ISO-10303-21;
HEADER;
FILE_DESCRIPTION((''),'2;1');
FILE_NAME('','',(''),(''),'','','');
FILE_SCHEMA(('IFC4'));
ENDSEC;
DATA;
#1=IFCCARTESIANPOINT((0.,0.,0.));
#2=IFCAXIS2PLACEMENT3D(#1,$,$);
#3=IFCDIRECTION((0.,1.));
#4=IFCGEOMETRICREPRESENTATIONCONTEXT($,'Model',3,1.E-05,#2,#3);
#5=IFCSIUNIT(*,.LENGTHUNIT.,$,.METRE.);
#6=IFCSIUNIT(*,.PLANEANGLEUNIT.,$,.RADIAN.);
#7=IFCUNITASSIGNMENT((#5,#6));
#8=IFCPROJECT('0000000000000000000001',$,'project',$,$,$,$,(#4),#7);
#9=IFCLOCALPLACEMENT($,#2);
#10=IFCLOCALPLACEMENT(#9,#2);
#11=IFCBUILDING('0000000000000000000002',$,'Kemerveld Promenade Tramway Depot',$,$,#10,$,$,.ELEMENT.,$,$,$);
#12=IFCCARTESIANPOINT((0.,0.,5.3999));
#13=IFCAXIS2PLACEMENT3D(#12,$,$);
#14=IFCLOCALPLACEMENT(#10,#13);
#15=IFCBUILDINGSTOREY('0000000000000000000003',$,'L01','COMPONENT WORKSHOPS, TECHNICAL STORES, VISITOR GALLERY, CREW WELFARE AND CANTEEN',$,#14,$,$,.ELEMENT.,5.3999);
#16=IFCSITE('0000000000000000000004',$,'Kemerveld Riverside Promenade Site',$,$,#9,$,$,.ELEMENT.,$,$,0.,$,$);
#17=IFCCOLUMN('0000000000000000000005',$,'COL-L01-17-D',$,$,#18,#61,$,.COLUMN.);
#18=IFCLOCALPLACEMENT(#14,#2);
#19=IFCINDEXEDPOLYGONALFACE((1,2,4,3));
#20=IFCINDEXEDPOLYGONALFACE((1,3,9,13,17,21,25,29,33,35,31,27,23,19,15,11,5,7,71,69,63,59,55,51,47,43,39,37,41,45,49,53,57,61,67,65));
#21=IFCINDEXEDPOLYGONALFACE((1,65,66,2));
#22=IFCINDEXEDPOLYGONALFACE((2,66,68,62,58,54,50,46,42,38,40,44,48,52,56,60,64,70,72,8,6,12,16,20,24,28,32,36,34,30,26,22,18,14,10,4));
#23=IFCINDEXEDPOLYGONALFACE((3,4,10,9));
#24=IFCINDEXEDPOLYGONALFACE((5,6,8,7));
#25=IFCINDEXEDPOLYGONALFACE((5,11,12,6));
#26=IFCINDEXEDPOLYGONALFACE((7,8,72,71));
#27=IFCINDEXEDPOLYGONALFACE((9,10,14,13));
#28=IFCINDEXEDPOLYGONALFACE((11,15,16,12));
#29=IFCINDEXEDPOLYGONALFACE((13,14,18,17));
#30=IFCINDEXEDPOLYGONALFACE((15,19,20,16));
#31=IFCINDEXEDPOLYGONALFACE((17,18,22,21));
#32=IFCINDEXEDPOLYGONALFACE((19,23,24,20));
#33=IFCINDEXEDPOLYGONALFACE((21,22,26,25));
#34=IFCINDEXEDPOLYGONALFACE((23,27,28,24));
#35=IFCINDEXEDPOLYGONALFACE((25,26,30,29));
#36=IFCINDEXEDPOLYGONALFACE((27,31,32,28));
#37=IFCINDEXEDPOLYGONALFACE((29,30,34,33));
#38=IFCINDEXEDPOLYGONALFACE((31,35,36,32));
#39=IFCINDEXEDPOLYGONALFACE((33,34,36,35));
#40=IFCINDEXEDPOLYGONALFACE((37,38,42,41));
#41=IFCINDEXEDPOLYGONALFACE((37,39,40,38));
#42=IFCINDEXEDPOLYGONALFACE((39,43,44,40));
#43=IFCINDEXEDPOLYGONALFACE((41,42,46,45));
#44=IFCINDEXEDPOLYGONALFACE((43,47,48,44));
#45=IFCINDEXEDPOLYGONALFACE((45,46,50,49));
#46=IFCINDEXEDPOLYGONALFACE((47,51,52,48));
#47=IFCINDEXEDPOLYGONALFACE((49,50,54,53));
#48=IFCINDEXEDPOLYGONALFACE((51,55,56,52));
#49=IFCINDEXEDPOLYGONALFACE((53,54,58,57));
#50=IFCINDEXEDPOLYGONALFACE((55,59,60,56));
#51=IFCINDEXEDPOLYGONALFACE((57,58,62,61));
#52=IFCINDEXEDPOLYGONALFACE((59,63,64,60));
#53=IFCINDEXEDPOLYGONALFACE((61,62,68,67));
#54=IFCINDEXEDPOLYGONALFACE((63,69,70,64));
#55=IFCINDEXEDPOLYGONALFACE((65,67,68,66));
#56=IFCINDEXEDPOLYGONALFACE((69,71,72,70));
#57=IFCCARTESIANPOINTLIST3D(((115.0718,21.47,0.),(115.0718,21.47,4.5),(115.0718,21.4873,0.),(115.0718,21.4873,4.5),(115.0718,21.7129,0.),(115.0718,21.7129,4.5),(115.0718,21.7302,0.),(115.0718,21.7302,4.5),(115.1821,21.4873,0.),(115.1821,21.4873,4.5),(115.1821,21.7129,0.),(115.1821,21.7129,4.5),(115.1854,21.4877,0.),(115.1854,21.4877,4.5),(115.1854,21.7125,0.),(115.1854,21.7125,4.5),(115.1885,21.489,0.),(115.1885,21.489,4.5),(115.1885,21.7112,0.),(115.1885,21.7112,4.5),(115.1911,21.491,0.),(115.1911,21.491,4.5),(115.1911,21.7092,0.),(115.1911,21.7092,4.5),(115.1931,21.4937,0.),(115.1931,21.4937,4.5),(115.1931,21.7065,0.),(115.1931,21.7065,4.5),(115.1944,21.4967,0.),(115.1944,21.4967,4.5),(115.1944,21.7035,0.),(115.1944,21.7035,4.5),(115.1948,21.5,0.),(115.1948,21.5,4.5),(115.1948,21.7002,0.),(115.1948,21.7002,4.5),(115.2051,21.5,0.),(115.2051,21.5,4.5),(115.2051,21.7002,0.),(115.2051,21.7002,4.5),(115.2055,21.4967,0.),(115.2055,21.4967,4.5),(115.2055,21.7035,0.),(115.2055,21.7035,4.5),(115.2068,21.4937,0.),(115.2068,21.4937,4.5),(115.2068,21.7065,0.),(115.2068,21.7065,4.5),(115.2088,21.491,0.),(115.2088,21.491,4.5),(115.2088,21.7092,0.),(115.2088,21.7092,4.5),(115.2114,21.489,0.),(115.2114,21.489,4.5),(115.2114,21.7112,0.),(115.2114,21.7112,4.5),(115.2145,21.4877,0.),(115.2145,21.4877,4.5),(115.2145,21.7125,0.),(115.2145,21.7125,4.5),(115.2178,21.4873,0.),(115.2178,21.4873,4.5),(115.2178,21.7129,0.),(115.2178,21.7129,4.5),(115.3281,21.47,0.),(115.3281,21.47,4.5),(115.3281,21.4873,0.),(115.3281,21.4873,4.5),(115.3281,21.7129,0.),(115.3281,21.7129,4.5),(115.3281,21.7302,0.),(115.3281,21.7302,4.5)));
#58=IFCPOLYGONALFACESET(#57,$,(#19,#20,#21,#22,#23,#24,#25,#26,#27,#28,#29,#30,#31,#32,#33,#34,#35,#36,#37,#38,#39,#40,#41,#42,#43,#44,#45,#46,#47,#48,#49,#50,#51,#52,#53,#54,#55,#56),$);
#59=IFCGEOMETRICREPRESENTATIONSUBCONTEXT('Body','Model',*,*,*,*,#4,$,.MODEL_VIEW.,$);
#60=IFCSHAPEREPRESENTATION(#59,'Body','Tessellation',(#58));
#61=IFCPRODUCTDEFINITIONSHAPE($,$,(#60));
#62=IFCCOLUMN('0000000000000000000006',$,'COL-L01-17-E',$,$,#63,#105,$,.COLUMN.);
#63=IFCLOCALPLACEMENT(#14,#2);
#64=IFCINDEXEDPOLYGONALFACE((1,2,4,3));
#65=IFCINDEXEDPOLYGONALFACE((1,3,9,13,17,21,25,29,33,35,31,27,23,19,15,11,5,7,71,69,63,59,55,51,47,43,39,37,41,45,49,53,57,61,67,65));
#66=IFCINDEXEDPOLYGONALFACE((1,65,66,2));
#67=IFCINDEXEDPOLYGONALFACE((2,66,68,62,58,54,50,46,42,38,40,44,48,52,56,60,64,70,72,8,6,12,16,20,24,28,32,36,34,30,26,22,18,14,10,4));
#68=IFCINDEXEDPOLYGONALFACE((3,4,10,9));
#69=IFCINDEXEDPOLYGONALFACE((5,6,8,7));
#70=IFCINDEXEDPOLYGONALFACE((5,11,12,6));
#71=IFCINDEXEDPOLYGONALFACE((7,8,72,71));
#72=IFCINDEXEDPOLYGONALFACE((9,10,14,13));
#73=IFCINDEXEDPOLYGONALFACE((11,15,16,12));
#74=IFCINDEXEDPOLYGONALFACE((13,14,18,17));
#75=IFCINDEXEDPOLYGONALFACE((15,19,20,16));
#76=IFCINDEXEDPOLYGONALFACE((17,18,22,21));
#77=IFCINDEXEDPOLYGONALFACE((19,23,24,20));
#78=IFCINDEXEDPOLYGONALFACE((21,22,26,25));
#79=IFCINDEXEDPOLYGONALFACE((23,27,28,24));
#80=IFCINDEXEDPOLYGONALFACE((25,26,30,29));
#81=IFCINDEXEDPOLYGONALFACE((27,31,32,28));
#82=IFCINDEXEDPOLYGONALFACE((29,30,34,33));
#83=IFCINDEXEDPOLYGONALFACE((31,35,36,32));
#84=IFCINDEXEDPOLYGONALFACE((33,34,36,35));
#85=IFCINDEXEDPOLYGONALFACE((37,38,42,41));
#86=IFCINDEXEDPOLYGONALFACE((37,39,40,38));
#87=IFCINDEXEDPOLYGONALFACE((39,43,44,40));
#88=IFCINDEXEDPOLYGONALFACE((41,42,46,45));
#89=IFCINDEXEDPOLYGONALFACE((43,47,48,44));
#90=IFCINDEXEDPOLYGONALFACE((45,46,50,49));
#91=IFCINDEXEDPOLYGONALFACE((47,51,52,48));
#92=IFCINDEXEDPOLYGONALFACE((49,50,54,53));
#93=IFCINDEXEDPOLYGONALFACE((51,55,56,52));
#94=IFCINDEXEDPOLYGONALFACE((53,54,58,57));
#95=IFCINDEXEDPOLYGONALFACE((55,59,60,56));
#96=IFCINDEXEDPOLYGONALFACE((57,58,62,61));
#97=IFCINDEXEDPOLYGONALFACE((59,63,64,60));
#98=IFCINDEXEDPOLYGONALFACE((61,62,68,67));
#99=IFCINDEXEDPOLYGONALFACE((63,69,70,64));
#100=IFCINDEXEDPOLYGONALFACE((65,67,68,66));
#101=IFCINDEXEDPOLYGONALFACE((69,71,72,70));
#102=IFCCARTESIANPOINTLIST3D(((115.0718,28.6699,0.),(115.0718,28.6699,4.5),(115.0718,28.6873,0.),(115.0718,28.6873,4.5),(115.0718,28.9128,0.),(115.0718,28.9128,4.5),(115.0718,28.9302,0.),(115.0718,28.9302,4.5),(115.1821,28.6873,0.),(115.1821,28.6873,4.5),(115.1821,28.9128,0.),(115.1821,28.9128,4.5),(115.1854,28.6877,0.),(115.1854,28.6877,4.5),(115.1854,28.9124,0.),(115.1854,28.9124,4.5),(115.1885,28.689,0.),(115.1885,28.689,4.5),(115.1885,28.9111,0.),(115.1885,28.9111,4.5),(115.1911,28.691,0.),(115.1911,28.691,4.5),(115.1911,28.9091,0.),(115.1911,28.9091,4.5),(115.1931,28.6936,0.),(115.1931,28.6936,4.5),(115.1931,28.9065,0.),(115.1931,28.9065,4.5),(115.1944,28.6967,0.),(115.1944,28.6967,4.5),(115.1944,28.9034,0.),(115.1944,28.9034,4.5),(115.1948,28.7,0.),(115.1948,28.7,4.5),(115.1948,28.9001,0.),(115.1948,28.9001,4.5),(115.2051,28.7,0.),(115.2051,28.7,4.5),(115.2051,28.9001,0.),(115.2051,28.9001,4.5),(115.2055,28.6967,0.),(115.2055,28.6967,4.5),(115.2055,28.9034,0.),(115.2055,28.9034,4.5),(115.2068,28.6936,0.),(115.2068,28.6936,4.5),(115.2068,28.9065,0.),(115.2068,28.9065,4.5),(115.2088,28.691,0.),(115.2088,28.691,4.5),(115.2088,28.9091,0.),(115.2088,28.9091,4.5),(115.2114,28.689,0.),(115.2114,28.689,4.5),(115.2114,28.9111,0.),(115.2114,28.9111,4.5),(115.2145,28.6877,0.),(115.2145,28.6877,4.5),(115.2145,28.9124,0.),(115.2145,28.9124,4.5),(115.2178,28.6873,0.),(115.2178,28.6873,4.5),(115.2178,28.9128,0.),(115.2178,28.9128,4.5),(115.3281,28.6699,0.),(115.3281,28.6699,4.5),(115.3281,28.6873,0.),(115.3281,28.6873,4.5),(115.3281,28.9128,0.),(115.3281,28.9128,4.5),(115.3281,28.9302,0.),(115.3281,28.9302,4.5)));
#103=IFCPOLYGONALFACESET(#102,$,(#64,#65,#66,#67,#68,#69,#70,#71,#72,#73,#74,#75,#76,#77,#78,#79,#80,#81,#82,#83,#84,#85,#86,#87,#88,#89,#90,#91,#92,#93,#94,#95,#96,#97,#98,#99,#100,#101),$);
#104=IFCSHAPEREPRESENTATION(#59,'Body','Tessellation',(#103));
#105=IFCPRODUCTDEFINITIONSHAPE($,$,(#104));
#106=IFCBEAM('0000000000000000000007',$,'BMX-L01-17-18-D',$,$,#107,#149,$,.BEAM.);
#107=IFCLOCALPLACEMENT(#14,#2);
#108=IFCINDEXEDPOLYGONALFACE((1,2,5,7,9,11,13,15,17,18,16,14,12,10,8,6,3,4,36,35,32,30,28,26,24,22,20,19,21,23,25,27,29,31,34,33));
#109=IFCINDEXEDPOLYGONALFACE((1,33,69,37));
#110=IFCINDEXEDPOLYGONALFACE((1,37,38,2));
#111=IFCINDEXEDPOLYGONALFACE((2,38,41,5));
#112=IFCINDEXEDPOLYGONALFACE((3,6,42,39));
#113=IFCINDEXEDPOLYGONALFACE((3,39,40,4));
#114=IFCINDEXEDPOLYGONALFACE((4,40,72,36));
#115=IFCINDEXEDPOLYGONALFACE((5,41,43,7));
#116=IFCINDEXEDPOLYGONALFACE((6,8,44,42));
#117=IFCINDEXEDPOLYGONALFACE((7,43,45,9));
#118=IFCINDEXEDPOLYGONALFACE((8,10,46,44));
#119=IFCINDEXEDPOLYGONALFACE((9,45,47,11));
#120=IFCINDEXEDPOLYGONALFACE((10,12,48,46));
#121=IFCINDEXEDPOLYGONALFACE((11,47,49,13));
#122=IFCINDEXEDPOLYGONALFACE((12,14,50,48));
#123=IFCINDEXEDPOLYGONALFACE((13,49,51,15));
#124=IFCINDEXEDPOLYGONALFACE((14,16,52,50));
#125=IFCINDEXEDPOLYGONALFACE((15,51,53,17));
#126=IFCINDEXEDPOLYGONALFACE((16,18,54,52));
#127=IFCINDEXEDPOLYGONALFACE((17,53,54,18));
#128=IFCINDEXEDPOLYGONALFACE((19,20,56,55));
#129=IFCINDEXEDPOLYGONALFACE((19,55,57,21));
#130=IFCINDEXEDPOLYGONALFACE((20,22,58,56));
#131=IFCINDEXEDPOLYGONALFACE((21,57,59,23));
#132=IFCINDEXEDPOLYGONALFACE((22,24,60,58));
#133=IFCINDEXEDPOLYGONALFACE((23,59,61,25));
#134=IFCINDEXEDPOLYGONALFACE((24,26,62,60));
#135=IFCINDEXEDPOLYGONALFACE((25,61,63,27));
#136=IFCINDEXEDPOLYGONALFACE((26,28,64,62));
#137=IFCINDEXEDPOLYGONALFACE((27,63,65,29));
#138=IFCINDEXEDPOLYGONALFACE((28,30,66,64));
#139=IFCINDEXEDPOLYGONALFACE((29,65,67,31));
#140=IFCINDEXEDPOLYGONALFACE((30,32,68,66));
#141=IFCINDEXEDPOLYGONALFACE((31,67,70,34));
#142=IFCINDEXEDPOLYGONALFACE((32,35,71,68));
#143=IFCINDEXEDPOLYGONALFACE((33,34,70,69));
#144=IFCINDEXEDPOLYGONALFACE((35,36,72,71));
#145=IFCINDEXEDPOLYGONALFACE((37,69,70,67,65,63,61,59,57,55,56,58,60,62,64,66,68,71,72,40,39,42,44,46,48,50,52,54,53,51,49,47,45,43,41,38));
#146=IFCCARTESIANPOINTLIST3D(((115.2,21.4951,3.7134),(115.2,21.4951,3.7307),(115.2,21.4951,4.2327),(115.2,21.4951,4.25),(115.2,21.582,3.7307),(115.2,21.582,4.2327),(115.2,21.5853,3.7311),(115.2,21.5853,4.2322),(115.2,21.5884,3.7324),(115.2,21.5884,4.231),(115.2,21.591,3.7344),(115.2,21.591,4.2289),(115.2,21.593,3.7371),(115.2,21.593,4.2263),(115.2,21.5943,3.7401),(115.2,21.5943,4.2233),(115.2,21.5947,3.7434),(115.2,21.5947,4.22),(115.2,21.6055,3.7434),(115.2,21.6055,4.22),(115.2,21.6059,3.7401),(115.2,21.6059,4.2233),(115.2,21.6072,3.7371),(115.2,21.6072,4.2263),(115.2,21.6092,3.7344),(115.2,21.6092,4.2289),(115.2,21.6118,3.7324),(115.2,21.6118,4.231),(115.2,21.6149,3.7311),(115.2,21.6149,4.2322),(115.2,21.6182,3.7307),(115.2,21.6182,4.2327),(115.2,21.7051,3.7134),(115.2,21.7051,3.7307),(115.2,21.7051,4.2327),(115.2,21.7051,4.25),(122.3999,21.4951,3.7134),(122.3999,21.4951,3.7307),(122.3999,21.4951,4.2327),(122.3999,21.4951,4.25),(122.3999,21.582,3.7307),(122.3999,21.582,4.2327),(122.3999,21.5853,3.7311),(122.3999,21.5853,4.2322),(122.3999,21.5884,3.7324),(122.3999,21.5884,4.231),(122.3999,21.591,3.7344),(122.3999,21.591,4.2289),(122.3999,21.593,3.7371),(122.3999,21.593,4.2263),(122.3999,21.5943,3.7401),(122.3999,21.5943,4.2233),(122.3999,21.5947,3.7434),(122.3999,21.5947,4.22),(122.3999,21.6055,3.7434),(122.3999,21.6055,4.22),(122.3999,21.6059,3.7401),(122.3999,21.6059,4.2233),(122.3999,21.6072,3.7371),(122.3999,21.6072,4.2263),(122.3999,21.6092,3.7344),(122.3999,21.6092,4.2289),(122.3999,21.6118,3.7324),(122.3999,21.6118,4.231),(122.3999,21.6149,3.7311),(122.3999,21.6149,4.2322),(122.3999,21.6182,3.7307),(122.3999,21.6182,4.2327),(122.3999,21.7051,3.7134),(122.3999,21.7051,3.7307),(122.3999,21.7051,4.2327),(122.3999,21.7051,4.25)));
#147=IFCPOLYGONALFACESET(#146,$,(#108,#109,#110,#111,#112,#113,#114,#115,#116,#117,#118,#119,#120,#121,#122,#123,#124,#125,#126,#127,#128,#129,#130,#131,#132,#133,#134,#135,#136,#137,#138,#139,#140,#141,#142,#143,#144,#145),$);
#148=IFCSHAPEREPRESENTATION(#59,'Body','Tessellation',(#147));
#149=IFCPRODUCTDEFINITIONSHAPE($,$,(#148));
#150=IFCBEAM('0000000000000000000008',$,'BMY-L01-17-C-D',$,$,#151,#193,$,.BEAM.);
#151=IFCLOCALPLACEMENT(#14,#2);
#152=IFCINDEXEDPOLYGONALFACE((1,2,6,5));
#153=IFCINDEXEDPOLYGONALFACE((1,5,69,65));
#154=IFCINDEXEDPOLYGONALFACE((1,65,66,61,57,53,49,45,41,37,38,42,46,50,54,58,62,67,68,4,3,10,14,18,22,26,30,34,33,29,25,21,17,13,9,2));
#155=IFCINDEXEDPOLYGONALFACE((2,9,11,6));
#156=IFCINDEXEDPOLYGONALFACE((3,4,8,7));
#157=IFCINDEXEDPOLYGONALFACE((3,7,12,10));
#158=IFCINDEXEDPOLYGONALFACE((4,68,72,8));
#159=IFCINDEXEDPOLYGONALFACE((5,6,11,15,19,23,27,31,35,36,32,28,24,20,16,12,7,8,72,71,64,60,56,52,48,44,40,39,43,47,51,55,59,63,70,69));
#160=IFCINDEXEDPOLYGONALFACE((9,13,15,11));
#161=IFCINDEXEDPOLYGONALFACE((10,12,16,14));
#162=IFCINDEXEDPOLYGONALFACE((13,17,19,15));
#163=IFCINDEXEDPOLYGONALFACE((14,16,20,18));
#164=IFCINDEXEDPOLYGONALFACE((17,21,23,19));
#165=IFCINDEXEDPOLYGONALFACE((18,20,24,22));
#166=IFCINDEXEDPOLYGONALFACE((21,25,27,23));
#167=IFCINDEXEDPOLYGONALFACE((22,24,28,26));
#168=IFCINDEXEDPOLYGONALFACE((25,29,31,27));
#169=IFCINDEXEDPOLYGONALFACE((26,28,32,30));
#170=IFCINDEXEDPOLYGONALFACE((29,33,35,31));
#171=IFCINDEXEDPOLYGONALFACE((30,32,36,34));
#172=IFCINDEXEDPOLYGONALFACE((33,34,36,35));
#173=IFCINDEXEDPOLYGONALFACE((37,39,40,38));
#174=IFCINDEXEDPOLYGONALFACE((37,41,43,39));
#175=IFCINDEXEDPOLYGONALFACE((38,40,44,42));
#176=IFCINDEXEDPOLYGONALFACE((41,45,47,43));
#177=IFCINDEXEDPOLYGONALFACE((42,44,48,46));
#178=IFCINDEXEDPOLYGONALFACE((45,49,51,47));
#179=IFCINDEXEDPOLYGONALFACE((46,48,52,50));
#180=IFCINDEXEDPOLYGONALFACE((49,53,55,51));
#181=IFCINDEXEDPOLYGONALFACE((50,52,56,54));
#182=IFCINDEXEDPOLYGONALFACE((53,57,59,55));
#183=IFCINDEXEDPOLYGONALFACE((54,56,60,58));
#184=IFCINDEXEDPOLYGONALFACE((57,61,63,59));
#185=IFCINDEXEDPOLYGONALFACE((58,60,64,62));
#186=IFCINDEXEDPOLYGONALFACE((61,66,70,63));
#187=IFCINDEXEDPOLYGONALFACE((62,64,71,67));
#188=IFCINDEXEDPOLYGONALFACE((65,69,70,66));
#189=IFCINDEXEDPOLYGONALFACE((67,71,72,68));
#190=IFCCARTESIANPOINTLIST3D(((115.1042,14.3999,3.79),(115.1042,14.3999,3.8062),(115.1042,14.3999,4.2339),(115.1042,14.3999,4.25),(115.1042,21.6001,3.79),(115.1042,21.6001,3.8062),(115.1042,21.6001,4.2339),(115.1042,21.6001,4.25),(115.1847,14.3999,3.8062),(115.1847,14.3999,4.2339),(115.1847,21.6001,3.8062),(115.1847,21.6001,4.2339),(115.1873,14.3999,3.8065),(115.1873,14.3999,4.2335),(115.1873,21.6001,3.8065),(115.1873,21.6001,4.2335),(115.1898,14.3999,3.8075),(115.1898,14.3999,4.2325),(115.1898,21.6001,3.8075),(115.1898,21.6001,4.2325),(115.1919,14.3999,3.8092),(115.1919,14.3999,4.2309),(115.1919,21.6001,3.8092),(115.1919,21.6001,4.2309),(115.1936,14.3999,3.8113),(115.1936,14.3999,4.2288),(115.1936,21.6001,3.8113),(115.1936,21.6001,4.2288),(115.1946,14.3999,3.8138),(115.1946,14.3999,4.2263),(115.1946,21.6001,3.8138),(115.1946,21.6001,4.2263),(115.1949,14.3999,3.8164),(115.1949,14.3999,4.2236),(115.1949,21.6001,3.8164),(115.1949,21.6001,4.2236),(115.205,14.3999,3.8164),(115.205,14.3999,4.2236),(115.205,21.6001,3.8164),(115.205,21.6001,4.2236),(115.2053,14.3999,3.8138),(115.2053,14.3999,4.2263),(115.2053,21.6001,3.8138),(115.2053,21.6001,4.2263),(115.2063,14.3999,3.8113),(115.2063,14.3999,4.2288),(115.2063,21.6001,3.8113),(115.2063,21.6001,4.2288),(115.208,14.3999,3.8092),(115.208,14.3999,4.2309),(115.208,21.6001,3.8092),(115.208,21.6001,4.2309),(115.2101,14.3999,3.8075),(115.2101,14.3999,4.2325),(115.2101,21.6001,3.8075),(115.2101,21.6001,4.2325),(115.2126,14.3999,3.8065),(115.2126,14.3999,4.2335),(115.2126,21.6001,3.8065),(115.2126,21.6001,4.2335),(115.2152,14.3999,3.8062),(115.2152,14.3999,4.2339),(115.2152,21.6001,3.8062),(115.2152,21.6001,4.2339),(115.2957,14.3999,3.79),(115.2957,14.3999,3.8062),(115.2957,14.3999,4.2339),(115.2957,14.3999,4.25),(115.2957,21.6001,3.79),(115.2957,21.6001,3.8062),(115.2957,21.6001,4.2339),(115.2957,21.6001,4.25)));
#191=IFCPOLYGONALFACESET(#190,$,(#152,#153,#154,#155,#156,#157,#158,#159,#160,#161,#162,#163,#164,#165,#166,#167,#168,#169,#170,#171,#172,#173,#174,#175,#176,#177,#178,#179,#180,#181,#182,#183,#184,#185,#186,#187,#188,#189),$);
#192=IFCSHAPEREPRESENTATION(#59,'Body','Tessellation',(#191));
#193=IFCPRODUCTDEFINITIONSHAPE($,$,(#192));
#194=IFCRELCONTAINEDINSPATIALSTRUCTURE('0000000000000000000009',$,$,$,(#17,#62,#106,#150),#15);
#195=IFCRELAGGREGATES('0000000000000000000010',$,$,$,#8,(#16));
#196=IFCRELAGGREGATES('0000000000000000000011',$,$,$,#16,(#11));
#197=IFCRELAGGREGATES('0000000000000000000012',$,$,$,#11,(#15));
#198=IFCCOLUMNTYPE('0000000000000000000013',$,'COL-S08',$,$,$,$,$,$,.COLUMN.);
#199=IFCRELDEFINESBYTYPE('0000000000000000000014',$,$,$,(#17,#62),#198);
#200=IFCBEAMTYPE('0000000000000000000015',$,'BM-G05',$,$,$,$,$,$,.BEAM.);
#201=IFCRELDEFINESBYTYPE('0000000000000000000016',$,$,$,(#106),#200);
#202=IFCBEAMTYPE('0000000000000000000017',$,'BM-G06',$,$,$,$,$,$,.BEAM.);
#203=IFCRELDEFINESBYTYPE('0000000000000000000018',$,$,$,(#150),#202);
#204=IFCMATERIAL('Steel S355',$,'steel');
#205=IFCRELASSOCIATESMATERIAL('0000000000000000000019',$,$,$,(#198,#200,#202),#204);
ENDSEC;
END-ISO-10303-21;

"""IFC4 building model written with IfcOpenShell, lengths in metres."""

from ifc_helpers import new_model, si_unit, direction, frame, origin, origin_2d, place, context, subcontext, project, spatial, i_section, extrude, material, material_profile, profile_set, type_object, element, save


model = new_model("IFC4")

# Units and contexts
model_context = context("Model", 3, precision=1e-05, world=origin(), true_north=direction((0.0, 1.0)))
body_context = subcontext(model_context, "Body", "Model", "MODEL_VIEW")
ifc_project = project(units=[si_unit("LENGTHUNIT", "METRE"), si_unit("PLANEANGLEUNIT", "RADIAN")], contexts=[model_context])

# Site, building, storey
site_placement = place(None, origin())
site = spatial("IfcSite", under=ifc_project, at=site_placement, Name="Kemerveld Riverside Promenade Site", CompositionType="ELEMENT", RefElevation=0.0)
building_placement = place(site_placement, origin())
building = spatial("IfcBuilding", under=site, at=building_placement, Name="Kemerveld Promenade Tramway Depot", CompositionType="ELEMENT")
storey_placement = place(building_placement, frame((0.0, 0.0, 5.3999)))
storey = spatial("IfcBuildingStorey", under=building, at=storey_placement, Name="L01", Description="COMPONENT WORKSHOPS, TECHNICAL STORES, VISITOR GALLERY, CREW WELFARE AND CANTEEN", CompositionType="ELEMENT", Elevation=5.3999)

# Columns
ifc_material_1 = material(Name="Steel S355", Category="steel")
ifc_material_profile_1 = material_profile(ifc_material_1, i_section(OverallWidth=0.2563, OverallDepth=0.2603, WebThickness=0.0103, FlangeThickness=0.0173, FilletRadius=0.0127, at=origin_2d()), Name="254x254x89 UC")
ifc_profile_set_1 = profile_set([ifc_material_profile_1], Name="Steel S355")
column_type = type_object("IfcColumnType", Name="COL-S08", PredefinedType="COLUMN", material=ifc_profile_set_1)
for number, where, z_axis, x_axis, name in (
    (1, (115.2, 21.6001, 0.0), (0.0, 0.0, 1.0), (1.0, 0.0, 0.0), "COL-L01-17-D"),
    (2, (115.2, 28.8, 0.0), (0.0, 0.0, 1.0), (1.0, 0.0, 0.0), "COL-L01-17-E"),
):
    element("IfcColumn", number, at=place(storey_placement, frame(where, z_axis=z_axis, x_axis=x_axis)), inside=storey, type_object=column_type, Name=name, PredefinedType="COLUMN", context=body_context, shape_type="SweptSolid", body=[
        extrude(i_section(OverallWidth=0.2563, OverallDepth=0.2603, WebThickness=0.0103, FlangeThickness=0.0173, FilletRadius=0.0127, at=origin_2d()), origin(), (0.0, 0.0, 1.0), 4.5),
    ])

# Beams
ifc_material_profile_2 = material_profile(ifc_material_1, i_section(OverallWidth=0.21, OverallDepth=0.5366, WebThickness=0.0107, FlangeThickness=0.0173, FilletRadius=0.0127, at=origin_2d()), Name="533x210x101 UB")
ifc_profile_set_2 = profile_set([ifc_material_profile_2], Name="Steel S355")
beam_type_1 = type_object("IfcBeamType", Name="BM-G05", PredefinedType="BEAM", material=ifc_profile_set_2)
beam_1_placement = place(storey_placement, frame((115.2, 21.6001, 3.9817), z_axis=(1.0, 0.0, 0.0), x_axis=(0.0, 1.0, 0.0)))
element("IfcBeam", 3, at=beam_1_placement, inside=storey, type_object=beam_type_1, Name="BMX-L01-17-18-D", PredefinedType="BEAM", context=body_context, shape_type="SweptSolid", body=[
    extrude(i_section(OverallWidth=0.21, OverallDepth=0.5366, WebThickness=0.0107, FlangeThickness=0.0173, FilletRadius=0.0127, at=origin_2d()), origin(), (0.0, 0.0, 1.0), 7.2),
])
ifc_material_profile_3 = material_profile(ifc_material_1, i_section(OverallWidth=0.1914, OverallDepth=0.46, WebThickness=0.01, FlangeThickness=0.0161, FilletRadius=0.0103, at=origin_2d()), Name="457x191x82 UB")
ifc_profile_set_3 = profile_set([ifc_material_profile_3], Name="Steel S355")
beam_type_2 = type_object("IfcBeamType", Name="BM-G06", PredefinedType="BEAM", material=ifc_profile_set_3)
beam_2_placement = place(storey_placement, frame((115.2, 14.3999, 4.02), z_axis=(0.0, 1.0, 0.0), x_axis=(-1.0, 0.0, 0.0)))
element("IfcBeam", 4, at=beam_2_placement, inside=storey, type_object=beam_type_2, Name="BMY-L01-17-C-D", PredefinedType="BEAM", context=body_context, shape_type="SweptSolid", body=[
    extrude(i_section(OverallWidth=0.1914, OverallDepth=0.46, WebThickness=0.01, FlangeThickness=0.0161, FilletRadius=0.0103, at=origin_2d()), origin(), (0.0, 0.0, 1.0), 7.2002),
])

save(model, "model.ifc")
